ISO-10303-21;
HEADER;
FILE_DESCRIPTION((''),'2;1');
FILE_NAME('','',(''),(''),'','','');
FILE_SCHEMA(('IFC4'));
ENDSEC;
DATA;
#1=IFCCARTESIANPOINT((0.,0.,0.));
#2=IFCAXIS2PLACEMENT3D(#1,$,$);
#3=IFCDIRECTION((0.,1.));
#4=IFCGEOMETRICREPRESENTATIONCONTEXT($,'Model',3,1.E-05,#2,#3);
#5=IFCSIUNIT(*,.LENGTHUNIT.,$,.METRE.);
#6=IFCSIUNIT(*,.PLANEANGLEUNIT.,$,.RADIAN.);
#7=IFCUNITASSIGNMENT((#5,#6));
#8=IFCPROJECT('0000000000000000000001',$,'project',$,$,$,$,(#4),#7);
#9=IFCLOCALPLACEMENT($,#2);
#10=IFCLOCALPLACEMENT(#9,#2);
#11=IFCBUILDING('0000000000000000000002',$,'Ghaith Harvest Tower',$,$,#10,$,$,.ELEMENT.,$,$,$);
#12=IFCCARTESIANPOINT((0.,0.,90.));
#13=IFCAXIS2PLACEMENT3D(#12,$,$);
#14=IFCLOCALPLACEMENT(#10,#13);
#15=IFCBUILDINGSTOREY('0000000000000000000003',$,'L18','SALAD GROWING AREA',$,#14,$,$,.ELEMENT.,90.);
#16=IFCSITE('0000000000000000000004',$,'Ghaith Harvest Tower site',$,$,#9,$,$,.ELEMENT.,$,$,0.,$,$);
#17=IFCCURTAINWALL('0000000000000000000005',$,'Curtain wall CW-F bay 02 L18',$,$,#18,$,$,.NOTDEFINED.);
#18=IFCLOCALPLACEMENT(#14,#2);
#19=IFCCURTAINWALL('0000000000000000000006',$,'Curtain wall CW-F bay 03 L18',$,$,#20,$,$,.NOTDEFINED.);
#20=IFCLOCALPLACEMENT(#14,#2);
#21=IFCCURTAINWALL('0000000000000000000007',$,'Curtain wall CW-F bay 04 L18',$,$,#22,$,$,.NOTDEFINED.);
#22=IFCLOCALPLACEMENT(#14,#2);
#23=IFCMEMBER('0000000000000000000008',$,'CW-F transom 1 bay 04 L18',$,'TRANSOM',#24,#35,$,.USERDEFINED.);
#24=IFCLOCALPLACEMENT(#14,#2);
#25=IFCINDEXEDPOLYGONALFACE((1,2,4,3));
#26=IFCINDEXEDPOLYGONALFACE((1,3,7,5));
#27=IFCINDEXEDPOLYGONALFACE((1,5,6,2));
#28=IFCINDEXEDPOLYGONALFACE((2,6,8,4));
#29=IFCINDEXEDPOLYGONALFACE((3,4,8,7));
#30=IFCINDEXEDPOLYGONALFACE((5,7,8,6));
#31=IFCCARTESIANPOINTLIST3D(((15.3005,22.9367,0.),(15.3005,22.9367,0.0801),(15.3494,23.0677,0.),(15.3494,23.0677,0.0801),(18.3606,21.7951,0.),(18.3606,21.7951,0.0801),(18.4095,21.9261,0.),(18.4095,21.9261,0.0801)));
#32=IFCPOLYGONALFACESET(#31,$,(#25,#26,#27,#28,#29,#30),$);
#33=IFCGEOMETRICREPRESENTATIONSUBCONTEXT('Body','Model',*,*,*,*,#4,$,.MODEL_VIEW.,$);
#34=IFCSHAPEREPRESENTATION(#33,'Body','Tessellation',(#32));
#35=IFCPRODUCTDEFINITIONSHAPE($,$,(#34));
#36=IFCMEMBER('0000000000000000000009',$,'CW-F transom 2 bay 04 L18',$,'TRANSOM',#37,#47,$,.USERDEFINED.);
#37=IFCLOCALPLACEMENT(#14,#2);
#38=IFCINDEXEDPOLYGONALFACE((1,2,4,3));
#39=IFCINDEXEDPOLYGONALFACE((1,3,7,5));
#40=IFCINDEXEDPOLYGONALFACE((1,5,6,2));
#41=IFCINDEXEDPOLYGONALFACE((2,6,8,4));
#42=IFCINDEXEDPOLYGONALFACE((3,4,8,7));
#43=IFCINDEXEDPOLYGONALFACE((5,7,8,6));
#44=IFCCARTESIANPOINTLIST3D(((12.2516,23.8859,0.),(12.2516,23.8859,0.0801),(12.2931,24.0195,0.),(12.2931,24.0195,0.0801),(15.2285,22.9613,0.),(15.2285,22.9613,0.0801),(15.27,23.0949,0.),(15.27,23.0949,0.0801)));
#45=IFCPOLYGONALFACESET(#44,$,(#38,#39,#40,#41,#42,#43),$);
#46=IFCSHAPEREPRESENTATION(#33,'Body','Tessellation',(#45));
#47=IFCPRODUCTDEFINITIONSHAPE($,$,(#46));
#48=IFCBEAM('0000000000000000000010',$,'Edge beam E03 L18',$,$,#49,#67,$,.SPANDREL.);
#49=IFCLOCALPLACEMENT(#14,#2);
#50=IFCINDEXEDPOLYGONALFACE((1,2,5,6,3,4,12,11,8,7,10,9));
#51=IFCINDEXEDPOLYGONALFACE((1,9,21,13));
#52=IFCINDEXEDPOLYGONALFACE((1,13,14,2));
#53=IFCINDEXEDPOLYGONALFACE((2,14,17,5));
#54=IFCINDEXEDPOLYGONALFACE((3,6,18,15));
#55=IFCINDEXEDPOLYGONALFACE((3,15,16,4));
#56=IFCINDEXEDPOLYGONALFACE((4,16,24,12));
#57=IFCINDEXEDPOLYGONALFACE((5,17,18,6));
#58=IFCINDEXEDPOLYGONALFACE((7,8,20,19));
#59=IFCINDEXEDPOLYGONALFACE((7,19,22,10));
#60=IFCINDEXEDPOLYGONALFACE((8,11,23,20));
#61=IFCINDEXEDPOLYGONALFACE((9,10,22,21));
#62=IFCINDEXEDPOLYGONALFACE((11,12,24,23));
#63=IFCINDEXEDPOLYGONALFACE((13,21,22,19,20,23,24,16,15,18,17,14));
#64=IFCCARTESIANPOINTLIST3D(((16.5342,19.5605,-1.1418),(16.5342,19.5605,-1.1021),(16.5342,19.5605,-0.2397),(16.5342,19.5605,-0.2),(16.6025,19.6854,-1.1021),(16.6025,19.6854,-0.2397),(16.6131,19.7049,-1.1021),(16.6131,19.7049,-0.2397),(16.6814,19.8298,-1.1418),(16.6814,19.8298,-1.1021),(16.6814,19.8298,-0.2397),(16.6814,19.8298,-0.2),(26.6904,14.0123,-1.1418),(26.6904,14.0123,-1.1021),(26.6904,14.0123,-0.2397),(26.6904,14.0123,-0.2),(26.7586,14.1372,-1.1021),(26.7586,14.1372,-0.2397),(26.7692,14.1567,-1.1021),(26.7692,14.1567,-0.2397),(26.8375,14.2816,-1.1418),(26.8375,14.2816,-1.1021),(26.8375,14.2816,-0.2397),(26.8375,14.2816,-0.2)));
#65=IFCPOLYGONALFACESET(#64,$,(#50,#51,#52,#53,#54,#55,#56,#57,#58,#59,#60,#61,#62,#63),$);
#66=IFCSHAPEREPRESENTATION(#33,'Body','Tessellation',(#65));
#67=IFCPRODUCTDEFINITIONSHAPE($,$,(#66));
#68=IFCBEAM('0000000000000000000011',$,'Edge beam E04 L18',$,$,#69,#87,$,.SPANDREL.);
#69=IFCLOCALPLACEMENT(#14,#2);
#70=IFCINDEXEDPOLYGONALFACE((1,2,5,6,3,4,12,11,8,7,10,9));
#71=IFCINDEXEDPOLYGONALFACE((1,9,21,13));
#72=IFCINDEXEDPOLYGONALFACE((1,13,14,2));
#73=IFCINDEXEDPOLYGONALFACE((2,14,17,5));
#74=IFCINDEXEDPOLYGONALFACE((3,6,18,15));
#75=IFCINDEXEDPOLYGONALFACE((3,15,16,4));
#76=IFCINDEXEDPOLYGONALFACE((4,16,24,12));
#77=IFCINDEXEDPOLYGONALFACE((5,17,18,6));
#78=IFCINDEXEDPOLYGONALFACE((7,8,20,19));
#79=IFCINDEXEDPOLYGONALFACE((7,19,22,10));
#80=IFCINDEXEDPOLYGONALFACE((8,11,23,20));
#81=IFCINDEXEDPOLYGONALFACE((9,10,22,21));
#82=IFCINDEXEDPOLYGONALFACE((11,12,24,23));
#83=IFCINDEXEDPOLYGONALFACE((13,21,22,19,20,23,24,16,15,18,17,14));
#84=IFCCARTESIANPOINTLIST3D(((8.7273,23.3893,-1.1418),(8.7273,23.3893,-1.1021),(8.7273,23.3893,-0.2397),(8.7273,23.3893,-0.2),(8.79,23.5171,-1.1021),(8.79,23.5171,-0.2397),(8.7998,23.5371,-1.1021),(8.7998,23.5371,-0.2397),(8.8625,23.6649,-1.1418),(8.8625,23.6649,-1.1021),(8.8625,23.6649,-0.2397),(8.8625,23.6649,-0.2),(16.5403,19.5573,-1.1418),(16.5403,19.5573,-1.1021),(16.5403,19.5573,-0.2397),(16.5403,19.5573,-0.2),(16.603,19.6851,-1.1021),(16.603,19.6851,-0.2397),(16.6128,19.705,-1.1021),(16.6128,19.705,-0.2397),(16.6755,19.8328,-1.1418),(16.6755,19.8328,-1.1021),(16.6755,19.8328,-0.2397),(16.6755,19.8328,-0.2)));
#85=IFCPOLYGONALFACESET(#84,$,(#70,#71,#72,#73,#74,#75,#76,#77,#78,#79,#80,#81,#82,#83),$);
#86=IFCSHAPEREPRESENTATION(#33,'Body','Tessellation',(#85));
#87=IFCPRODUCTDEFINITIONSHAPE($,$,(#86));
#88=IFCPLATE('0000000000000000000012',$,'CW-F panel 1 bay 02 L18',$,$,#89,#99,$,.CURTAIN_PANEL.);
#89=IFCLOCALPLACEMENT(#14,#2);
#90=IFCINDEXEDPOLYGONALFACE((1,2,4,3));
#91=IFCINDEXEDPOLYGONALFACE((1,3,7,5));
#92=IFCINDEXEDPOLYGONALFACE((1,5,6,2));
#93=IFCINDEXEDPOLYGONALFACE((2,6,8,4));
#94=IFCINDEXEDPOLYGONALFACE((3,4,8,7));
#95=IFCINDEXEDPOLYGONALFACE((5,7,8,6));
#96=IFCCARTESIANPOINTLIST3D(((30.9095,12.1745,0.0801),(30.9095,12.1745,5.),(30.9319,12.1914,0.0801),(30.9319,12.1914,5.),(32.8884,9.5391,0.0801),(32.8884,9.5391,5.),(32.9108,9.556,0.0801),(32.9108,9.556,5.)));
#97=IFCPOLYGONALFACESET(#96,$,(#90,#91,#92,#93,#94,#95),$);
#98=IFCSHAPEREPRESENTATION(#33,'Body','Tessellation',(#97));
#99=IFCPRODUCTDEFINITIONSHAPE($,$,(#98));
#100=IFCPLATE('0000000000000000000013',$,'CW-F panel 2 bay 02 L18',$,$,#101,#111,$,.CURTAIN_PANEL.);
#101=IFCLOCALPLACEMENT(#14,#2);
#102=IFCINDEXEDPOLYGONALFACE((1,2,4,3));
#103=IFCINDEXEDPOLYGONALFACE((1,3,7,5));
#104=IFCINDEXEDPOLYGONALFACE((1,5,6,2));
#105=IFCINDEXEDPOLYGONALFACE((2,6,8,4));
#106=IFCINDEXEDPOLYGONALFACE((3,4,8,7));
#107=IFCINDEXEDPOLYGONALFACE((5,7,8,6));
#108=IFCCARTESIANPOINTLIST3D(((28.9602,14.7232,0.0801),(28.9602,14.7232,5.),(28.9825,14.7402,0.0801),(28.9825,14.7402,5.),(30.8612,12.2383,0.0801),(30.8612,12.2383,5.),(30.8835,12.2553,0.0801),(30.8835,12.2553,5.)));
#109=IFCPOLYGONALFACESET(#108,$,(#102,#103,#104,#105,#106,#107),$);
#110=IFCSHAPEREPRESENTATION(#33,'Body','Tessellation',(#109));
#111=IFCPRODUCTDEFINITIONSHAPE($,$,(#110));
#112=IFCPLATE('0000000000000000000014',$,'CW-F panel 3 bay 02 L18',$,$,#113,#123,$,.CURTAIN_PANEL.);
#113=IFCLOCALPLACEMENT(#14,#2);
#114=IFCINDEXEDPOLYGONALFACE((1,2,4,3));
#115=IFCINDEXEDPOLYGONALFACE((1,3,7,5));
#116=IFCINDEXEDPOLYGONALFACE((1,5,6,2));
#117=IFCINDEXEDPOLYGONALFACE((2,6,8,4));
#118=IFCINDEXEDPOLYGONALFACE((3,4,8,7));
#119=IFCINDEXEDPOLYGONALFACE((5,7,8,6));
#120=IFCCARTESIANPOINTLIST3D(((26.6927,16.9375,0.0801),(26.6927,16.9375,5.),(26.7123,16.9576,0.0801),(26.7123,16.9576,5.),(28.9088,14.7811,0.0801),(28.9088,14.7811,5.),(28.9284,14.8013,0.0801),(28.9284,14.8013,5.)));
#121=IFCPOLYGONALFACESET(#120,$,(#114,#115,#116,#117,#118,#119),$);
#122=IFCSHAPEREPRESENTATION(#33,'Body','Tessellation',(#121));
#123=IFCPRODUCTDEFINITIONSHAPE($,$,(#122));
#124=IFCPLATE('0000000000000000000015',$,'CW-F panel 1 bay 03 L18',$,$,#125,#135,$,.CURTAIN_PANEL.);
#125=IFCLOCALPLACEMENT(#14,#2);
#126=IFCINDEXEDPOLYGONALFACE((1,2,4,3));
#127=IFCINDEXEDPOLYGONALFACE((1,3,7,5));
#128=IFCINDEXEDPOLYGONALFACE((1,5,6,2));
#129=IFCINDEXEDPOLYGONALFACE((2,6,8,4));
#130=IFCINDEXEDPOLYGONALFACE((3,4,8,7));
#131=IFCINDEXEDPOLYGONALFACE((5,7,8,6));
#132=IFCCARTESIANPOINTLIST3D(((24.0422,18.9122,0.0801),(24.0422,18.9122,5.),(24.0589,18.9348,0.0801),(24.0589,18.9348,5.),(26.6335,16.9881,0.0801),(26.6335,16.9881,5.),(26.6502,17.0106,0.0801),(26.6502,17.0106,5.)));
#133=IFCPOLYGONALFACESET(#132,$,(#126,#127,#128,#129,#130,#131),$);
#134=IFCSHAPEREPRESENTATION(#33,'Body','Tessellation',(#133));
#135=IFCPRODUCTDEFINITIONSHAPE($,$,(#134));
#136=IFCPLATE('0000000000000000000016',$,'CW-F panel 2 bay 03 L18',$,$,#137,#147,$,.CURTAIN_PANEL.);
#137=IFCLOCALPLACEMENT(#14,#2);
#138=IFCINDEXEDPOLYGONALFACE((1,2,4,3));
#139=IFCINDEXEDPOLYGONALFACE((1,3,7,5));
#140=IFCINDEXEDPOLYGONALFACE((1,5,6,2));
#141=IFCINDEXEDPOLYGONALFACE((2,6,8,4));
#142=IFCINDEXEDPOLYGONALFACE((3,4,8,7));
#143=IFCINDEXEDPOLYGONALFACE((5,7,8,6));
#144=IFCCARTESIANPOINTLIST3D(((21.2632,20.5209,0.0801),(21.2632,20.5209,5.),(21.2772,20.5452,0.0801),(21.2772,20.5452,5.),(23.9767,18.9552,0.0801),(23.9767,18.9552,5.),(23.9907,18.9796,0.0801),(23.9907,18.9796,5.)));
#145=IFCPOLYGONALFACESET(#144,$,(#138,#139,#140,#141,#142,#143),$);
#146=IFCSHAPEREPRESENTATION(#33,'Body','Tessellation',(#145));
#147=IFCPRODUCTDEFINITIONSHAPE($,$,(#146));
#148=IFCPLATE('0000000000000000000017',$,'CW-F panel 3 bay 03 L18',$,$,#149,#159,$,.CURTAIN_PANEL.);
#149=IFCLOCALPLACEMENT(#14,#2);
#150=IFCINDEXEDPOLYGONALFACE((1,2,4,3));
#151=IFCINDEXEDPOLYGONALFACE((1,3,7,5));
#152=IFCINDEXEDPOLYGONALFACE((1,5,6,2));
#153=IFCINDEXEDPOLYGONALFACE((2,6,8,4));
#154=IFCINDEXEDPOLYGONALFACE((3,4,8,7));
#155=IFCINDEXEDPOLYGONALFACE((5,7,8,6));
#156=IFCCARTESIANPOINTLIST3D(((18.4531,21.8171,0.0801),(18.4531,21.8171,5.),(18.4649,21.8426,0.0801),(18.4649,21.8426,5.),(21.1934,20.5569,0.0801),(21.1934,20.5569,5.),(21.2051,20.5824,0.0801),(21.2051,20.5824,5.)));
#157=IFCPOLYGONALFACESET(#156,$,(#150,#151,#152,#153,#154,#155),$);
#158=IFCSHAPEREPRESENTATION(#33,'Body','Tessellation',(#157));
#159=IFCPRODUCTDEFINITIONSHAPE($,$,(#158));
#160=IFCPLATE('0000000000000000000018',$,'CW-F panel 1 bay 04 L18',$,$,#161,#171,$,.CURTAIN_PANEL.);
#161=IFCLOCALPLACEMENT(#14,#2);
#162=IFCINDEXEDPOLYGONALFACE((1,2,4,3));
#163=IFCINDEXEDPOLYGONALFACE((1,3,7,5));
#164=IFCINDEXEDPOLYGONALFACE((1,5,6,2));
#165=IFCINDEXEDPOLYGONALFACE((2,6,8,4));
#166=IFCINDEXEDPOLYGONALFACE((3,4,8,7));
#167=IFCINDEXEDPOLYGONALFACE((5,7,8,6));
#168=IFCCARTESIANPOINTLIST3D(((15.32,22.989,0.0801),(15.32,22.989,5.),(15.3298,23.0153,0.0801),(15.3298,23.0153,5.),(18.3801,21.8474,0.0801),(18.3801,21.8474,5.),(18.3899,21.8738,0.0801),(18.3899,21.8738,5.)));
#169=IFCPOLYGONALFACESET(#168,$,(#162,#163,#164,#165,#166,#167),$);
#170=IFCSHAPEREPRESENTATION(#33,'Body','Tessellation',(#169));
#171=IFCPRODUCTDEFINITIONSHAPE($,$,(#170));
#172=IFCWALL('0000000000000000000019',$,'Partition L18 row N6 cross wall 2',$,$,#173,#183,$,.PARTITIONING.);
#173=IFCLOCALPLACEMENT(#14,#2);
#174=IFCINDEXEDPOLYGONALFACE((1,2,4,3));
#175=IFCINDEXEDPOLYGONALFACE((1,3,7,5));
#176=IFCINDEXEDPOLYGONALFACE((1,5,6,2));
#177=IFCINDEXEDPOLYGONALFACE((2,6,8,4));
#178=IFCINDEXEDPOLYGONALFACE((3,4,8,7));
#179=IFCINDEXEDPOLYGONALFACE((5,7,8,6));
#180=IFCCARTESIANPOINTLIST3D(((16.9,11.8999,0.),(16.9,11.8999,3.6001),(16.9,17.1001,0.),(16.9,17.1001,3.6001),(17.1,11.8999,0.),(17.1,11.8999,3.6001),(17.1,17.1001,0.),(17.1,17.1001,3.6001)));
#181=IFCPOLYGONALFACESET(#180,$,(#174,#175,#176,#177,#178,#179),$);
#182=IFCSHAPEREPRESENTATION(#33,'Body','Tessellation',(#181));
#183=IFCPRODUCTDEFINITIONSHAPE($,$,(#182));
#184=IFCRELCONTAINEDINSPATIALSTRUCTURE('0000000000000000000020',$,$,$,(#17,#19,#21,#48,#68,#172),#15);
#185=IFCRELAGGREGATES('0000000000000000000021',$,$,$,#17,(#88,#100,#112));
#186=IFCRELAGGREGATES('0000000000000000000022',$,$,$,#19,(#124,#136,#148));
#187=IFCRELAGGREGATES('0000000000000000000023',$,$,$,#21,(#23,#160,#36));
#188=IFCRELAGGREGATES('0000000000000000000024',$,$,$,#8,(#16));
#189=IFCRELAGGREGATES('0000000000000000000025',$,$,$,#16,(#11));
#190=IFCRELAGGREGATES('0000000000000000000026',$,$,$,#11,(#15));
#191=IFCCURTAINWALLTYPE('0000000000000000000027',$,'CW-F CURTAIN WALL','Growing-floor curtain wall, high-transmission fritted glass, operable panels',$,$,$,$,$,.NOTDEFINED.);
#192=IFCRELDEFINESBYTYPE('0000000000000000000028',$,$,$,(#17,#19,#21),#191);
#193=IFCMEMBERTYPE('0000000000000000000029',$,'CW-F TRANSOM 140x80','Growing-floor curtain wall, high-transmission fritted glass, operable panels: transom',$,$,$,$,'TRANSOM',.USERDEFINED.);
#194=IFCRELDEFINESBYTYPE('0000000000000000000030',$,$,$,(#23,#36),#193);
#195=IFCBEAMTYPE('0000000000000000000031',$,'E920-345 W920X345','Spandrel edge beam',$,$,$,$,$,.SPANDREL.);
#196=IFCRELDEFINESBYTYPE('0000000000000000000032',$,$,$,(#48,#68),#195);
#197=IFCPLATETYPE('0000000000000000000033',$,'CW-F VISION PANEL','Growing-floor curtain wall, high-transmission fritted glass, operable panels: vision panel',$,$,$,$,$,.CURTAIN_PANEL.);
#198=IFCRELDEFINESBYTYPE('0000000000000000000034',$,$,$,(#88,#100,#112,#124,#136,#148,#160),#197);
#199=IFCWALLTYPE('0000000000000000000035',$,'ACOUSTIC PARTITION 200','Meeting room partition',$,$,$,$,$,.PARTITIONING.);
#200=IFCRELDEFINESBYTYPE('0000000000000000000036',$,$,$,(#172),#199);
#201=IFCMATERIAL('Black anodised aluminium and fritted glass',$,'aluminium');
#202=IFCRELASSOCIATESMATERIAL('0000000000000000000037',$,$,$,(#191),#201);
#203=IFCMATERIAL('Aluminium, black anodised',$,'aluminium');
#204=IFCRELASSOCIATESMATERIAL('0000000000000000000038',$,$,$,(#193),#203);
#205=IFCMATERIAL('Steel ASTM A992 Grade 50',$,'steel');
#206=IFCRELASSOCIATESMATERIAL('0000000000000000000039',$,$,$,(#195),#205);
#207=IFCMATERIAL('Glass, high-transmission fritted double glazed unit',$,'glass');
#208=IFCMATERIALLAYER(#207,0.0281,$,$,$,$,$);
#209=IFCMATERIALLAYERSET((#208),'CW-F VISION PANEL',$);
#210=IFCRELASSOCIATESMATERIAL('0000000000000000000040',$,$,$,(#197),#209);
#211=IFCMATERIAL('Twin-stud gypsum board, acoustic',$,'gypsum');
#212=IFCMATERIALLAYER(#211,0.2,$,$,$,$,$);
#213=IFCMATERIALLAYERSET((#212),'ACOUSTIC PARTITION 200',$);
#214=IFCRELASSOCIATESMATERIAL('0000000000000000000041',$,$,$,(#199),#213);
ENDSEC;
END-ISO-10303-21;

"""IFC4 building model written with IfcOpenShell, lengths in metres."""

from ifc_helpers import new_model, si_unit, direction, frame, frame_2d, origin, origin_2d, place, context, subcontext, project, spatial, rectangle, i_section, extrude, material, layer, layer_set, material_profile, profile_set, type_object, element, aggregate, save


model = new_model("IFC4")

# Units and contexts
model_context = context("Model", 3, precision=1e-05, world=origin(), true_north=direction((0.0, 1.0)))
body_context = subcontext(model_context, "Body", "Model", "MODEL_VIEW")
ifc_project = project(units=[si_unit("LENGTHUNIT", "METRE"), si_unit("PLANEANGLEUNIT", "RADIAN")], contexts=[model_context])

# Site, building, storey
site_placement = place(None, origin())
site = spatial("IfcSite", under=ifc_project, at=site_placement, Name="Ghaith Harvest Tower site", CompositionType="ELEMENT", RefElevation=0.0)
building_placement = place(site_placement, origin())
building = spatial("IfcBuilding", under=site, at=building_placement, Name="Ghaith Harvest Tower", CompositionType="ELEMENT")
storey_placement = place(building_placement, frame((0.0, 0.0, 90.0)))
storey = spatial("IfcBuildingStorey", under=building, at=storey_placement, Name="L18", Description="SALAD GROWING AREA", CompositionType="ELEMENT", Elevation=90.0)

# Curtain walls
ifc_material_1 = material(Name="Black anodised aluminium and fritted glass", Category="aluminium")
curtain_wall_type = type_object("IfcCurtainWallType", Name="CW-F CURTAIN WALL", Description="Growing-floor curtain wall, high-transmission fritted glass, operable panels", PredefinedType="NOTDEFINED", material=ifc_material_1)
curtain_wall_1_placement = place(storey_placement, origin())
curtain_wall_1 = element("IfcCurtainWall", 1, at=curtain_wall_1_placement, inside=storey, type_object=curtain_wall_type, Name="Curtain wall CW-F bay 02 L18", PredefinedType="NOTDEFINED")
curtain_wall_2_placement = place(storey_placement, origin())
curtain_wall_2 = element("IfcCurtainWall", 2, at=curtain_wall_2_placement, inside=storey, type_object=curtain_wall_type, Name="Curtain wall CW-F bay 03 L18", PredefinedType="NOTDEFINED")
curtain_wall_3_placement = place(storey_placement, origin())
curtain_wall_3 = element("IfcCurtainWall", 3, at=curtain_wall_3_placement, inside=storey, type_object=curtain_wall_type, Name="Curtain wall CW-F bay 04 L18", PredefinedType="NOTDEFINED")

# Members
ifc_material_2 = material(Name="Aluminium, black anodised", Category="aluminium")
ifc_material_profile_1 = material_profile(ifc_material_2, rectangle(XDim=0.1399, YDim=0.0801, at=origin_2d()), Name="CW-F TRANSOM 140x80")
ifc_profile_set_1 = profile_set([ifc_material_profile_1], Name="Aluminium, black anodised")
member_type_1 = type_object("IfcMemberType", Name="CW-F TRANSOM 140x80", Description="Growing-floor curtain wall, high-transmission fritted glass, operable panels: transom", ElementType="TRANSOM", PredefinedType="USERDEFINED", material=ifc_profile_set_1)
member_1_placement = place(storey_placement, frame((18.385, 21.8606, 0.04), z_axis=(-0.936924, 0.349534, 0.0), x_axis=(-0.349534, -0.936924, 0.0)))
member_1 = element("IfcMember", 4, at=member_1_placement, type_object=member_type_1, Name="CW-F transom 1 bay 04 L18", ObjectType="TRANSOM", PredefinedType="USERDEFINED", context=body_context, shape_type="SweptSolid", body=[
    extrude(rectangle(XDim=0.1399, YDim=0.0801, at=origin_2d()), origin(), (0.0, 0.0, 1.0), 3.2661),
])
member_2_placement = place(storey_placement, frame((15.2493, 23.0281, 0.04), z_axis=(-0.954998, 0.296611, 0.0), x_axis=(-0.296611, -0.954998, 0.0)))
member_2 = element("IfcMember", 5, at=member_2_placement, type_object=member_type_1, Name="CW-F transom 2 bay 04 L18", ObjectType="TRANSOM", PredefinedType="USERDEFINED", context=body_context, shape_type="SweptSolid", body=[
    extrude(rectangle(XDim=0.1399, YDim=0.0801, at=origin_2d()), origin(), (0.0, 0.0, 1.0), 3.1172),
])

# Beams
ifc_material_3 = material(Name="Steel ASTM A992 Grade 50", Category="steel")
ifc_material_profile_2 = material_profile(ifc_material_3, i_section(OverallWidth=0.3069, OverallDepth=0.9419, WebThickness=0.0222, FlangeThickness=0.0398, at=origin_2d()), Name="W920X345")
ifc_profile_set_2 = profile_set([ifc_material_profile_2], Name="Steel ASTM A992 Grade 50")
beam_type = type_object("IfcBeamType", Name="E920-345 W920X345", Description="Spandrel edge beam", PredefinedType="SPANDREL", material=ifc_profile_set_2)
beam_1_placement = place(storey_placement, frame((26.7639, 14.147, -0.6709), z_axis=(-0.877588, 0.479415, 0.0), x_axis=(-0.479415, -0.877588, 0.0)))
element("IfcBeam", 6, at=beam_1_placement, inside=storey, type_object=beam_type, Name="Edge beam E03 L18", PredefinedType="SPANDREL", context=body_context, shape_type="SweptSolid", body=[
    extrude(i_section(OverallWidth=0.3069, OverallDepth=0.9419, WebThickness=0.0222, FlangeThickness=0.0398, at=origin_2d()), origin(), (0.0, 0.0, 1.0), 11.5728),
])
beam_2_placement = place(storey_placement, frame((16.6079, 19.6951, -0.6709), z_axis=(-0.897824, 0.440355, 0.0), x_axis=(-0.440355, -0.897824, 0.0)))
element("IfcBeam", 7, at=beam_2_placement, inside=storey, type_object=beam_type, Name="Edge beam E04 L18", PredefinedType="SPANDREL", context=body_context, shape_type="SweptSolid", body=[
    extrude(i_section(OverallWidth=0.3069, OverallDepth=0.9419, WebThickness=0.0222, FlangeThickness=0.0398, at=origin_2d()), origin(), (0.0, 0.0, 1.0), 8.7021),
])

# Plates
ifc_material_4 = material(Name="Glass, high-transmission fritted double glazed unit", Category="glass")
ifc_layer_1 = layer(ifc_material_4, 0.0281)
ifc_layer_set_1 = layer_set([ifc_layer_1], Name="CW-F VISION PANEL")
plate_type = type_object("IfcPlateType", Name="CW-F VISION PANEL", Description="Growing-floor curtain wall, high-transmission fritted glass, operable panels: vision panel", PredefinedType="CURTAIN_PANEL", material=ifc_layer_set_1)
plate_1_placement = place(storey_placement, frame((31.9102, 10.8652, 0.0801), z_axis=(0.0, 0.0, 1.0), x_axis=(-0.600454, 0.799659, 0.0)))
plate_1 = element("IfcPlate", 8, at=plate_1_placement, type_object=plate_type, Name="CW-F panel 1 bay 02 L18", PredefinedType="CURTAIN_PANEL", context=body_context, shape_type="SweptSolid", body=[
    extrude(rectangle(XDim=3.2957, YDim=0.0281, at=origin_2d()), origin(), (0.0, 0.0, 1.0), 4.9199),
])
plate_2_placement = place(storey_placement, frame((29.9219, 13.4893, 0.0801), z_axis=(0.0, 0.0, 1.0), x_axis=(-0.607612, 0.794234, 0.0)))
plate_2 = element("IfcPlate", 9, at=plate_2_placement, type_object=plate_type, Name="CW-F panel 2 bay 02 L18", PredefinedType="CURTAIN_PANEL", context=body_context, shape_type="SweptSolid", body=[
    extrude(rectangle(XDim=3.1287, YDim=0.0281, at=origin_2d()), origin(), (0.0, 0.0, 1.0), 4.9199),
])
plate_3_placement = place(storey_placement, frame((27.8105, 15.8694, 0.0801), z_axis=(0.0, 0.0, 1.0), x_axis=(-0.716691, 0.697391, 0.0)))
plate_3 = element("IfcPlate", 10, at=plate_3_placement, type_object=plate_type, Name="CW-F panel 3 bay 02 L18", PredefinedType="CURTAIN_PANEL", context=body_context, shape_type="SweptSolid", body=[
    extrude(rectangle(XDim=3.092, YDim=0.0281, at=origin_2d()), origin(), (0.0, 0.0, 1.0), 4.9199),
])
aggregate(curtain_wall_1, [plate_1, plate_2, plate_3])
plate_4_placement = place(storey_placement, frame((25.3462, 17.9614, 0.0801), z_axis=(0.0, 0.0, 1.0), x_axis=(-0.802867, 0.596158, 0.0)))
plate_4 = element("IfcPlate", 11, at=plate_4_placement, type_object=plate_type, Name="CW-F panel 1 bay 03 L18", PredefinedType="CURTAIN_PANEL", context=body_context, shape_type="SweptSolid", body=[
    extrude(rectangle(XDim=3.2275, YDim=0.0281, at=origin_2d()), origin(), (0.0, 0.0, 1.0), 4.9199),
])
plate_5_placement = place(storey_placement, frame((22.627, 19.7502, 0.0801), z_axis=(0.0, 0.0, 1.0), x_axis=(-0.866159, 0.499768, 0.0)))
plate_5 = element("IfcPlate", 12, at=plate_5_placement, type_object=plate_type, Name="CW-F panel 2 bay 03 L18", PredefinedType="CURTAIN_PANEL", context=body_context, shape_type="SweptSolid", body=[
    extrude(rectangle(XDim=3.1328, YDim=0.0281, at=origin_2d()), origin(), (0.0, 0.0, 1.0), 4.9199),
])
plate_6_placement = place(storey_placement, frame((19.8291, 21.1997, 0.0801), z_axis=(0.0, 0.0, 1.0), x_axis=(-0.90853, 0.417821, 0.0)))
plate_6 = element("IfcPlate", 13, at=plate_6_placement, type_object=plate_type, Name="CW-F panel 3 bay 03 L18", PredefinedType="CURTAIN_PANEL", context=body_context, shape_type="SweptSolid", body=[
    extrude(rectangle(XDim=3.0161, YDim=0.0281, at=origin_2d()), origin(), (0.0, 0.0, 1.0), 4.9199),
])
aggregate(curtain_wall_2, [plate_4, plate_5, plate_6])
plate_7_placement = place(storey_placement, frame((16.855, 22.4314, 0.0801), z_axis=(0.0, 0.0, 1.0), x_axis=(-0.936926, 0.349526, 0.0)))
plate_7 = element("IfcPlate", 14, at=plate_7_placement, type_object=plate_type, Name="CW-F panel 1 bay 04 L18", PredefinedType="CURTAIN_PANEL", context=body_context, shape_type="SweptSolid", body=[
    extrude(rectangle(XDim=3.2661, YDim=0.0281, at=origin_2d()), origin(), (0.0, 0.0, 1.0), 4.9199),
])
aggregate(curtain_wall_3, [member_1, plate_7, member_2])

# Wall
ifc_material_5 = material(Name="Twin-stud gypsum board, acoustic", Category="gypsum")
ifc_layer_2 = layer(ifc_material_5, 0.2)
ifc_layer_set_2 = layer_set([ifc_layer_2], Name="ACOUSTIC PARTITION 200")
wall_type_1 = type_object("IfcWallType", Name="ACOUSTIC PARTITION 200", Description="Meeting room partition", PredefinedType="PARTITIONING", material=ifc_layer_set_2)
wall_1_placement = place(storey_placement, frame((17.0, 11.8999, 0.0), z_axis=(0.0, 0.0, 1.0), x_axis=(0.0, 1.0, 0.0)))
element("IfcWall", 15, at=wall_1_placement, inside=storey, type_object=wall_type_1, Name="Partition L18 row N6 cross wall 2", PredefinedType="PARTITIONING", context=body_context, shape_type="SweptSolid", body=[
    extrude(rectangle(XDim=5.2002, YDim=0.2, at=frame_2d((2.6001, 0.0))), origin(), (0.0, 0.0, 1.0), 3.6001),
])

save(model, "model.ifc")
